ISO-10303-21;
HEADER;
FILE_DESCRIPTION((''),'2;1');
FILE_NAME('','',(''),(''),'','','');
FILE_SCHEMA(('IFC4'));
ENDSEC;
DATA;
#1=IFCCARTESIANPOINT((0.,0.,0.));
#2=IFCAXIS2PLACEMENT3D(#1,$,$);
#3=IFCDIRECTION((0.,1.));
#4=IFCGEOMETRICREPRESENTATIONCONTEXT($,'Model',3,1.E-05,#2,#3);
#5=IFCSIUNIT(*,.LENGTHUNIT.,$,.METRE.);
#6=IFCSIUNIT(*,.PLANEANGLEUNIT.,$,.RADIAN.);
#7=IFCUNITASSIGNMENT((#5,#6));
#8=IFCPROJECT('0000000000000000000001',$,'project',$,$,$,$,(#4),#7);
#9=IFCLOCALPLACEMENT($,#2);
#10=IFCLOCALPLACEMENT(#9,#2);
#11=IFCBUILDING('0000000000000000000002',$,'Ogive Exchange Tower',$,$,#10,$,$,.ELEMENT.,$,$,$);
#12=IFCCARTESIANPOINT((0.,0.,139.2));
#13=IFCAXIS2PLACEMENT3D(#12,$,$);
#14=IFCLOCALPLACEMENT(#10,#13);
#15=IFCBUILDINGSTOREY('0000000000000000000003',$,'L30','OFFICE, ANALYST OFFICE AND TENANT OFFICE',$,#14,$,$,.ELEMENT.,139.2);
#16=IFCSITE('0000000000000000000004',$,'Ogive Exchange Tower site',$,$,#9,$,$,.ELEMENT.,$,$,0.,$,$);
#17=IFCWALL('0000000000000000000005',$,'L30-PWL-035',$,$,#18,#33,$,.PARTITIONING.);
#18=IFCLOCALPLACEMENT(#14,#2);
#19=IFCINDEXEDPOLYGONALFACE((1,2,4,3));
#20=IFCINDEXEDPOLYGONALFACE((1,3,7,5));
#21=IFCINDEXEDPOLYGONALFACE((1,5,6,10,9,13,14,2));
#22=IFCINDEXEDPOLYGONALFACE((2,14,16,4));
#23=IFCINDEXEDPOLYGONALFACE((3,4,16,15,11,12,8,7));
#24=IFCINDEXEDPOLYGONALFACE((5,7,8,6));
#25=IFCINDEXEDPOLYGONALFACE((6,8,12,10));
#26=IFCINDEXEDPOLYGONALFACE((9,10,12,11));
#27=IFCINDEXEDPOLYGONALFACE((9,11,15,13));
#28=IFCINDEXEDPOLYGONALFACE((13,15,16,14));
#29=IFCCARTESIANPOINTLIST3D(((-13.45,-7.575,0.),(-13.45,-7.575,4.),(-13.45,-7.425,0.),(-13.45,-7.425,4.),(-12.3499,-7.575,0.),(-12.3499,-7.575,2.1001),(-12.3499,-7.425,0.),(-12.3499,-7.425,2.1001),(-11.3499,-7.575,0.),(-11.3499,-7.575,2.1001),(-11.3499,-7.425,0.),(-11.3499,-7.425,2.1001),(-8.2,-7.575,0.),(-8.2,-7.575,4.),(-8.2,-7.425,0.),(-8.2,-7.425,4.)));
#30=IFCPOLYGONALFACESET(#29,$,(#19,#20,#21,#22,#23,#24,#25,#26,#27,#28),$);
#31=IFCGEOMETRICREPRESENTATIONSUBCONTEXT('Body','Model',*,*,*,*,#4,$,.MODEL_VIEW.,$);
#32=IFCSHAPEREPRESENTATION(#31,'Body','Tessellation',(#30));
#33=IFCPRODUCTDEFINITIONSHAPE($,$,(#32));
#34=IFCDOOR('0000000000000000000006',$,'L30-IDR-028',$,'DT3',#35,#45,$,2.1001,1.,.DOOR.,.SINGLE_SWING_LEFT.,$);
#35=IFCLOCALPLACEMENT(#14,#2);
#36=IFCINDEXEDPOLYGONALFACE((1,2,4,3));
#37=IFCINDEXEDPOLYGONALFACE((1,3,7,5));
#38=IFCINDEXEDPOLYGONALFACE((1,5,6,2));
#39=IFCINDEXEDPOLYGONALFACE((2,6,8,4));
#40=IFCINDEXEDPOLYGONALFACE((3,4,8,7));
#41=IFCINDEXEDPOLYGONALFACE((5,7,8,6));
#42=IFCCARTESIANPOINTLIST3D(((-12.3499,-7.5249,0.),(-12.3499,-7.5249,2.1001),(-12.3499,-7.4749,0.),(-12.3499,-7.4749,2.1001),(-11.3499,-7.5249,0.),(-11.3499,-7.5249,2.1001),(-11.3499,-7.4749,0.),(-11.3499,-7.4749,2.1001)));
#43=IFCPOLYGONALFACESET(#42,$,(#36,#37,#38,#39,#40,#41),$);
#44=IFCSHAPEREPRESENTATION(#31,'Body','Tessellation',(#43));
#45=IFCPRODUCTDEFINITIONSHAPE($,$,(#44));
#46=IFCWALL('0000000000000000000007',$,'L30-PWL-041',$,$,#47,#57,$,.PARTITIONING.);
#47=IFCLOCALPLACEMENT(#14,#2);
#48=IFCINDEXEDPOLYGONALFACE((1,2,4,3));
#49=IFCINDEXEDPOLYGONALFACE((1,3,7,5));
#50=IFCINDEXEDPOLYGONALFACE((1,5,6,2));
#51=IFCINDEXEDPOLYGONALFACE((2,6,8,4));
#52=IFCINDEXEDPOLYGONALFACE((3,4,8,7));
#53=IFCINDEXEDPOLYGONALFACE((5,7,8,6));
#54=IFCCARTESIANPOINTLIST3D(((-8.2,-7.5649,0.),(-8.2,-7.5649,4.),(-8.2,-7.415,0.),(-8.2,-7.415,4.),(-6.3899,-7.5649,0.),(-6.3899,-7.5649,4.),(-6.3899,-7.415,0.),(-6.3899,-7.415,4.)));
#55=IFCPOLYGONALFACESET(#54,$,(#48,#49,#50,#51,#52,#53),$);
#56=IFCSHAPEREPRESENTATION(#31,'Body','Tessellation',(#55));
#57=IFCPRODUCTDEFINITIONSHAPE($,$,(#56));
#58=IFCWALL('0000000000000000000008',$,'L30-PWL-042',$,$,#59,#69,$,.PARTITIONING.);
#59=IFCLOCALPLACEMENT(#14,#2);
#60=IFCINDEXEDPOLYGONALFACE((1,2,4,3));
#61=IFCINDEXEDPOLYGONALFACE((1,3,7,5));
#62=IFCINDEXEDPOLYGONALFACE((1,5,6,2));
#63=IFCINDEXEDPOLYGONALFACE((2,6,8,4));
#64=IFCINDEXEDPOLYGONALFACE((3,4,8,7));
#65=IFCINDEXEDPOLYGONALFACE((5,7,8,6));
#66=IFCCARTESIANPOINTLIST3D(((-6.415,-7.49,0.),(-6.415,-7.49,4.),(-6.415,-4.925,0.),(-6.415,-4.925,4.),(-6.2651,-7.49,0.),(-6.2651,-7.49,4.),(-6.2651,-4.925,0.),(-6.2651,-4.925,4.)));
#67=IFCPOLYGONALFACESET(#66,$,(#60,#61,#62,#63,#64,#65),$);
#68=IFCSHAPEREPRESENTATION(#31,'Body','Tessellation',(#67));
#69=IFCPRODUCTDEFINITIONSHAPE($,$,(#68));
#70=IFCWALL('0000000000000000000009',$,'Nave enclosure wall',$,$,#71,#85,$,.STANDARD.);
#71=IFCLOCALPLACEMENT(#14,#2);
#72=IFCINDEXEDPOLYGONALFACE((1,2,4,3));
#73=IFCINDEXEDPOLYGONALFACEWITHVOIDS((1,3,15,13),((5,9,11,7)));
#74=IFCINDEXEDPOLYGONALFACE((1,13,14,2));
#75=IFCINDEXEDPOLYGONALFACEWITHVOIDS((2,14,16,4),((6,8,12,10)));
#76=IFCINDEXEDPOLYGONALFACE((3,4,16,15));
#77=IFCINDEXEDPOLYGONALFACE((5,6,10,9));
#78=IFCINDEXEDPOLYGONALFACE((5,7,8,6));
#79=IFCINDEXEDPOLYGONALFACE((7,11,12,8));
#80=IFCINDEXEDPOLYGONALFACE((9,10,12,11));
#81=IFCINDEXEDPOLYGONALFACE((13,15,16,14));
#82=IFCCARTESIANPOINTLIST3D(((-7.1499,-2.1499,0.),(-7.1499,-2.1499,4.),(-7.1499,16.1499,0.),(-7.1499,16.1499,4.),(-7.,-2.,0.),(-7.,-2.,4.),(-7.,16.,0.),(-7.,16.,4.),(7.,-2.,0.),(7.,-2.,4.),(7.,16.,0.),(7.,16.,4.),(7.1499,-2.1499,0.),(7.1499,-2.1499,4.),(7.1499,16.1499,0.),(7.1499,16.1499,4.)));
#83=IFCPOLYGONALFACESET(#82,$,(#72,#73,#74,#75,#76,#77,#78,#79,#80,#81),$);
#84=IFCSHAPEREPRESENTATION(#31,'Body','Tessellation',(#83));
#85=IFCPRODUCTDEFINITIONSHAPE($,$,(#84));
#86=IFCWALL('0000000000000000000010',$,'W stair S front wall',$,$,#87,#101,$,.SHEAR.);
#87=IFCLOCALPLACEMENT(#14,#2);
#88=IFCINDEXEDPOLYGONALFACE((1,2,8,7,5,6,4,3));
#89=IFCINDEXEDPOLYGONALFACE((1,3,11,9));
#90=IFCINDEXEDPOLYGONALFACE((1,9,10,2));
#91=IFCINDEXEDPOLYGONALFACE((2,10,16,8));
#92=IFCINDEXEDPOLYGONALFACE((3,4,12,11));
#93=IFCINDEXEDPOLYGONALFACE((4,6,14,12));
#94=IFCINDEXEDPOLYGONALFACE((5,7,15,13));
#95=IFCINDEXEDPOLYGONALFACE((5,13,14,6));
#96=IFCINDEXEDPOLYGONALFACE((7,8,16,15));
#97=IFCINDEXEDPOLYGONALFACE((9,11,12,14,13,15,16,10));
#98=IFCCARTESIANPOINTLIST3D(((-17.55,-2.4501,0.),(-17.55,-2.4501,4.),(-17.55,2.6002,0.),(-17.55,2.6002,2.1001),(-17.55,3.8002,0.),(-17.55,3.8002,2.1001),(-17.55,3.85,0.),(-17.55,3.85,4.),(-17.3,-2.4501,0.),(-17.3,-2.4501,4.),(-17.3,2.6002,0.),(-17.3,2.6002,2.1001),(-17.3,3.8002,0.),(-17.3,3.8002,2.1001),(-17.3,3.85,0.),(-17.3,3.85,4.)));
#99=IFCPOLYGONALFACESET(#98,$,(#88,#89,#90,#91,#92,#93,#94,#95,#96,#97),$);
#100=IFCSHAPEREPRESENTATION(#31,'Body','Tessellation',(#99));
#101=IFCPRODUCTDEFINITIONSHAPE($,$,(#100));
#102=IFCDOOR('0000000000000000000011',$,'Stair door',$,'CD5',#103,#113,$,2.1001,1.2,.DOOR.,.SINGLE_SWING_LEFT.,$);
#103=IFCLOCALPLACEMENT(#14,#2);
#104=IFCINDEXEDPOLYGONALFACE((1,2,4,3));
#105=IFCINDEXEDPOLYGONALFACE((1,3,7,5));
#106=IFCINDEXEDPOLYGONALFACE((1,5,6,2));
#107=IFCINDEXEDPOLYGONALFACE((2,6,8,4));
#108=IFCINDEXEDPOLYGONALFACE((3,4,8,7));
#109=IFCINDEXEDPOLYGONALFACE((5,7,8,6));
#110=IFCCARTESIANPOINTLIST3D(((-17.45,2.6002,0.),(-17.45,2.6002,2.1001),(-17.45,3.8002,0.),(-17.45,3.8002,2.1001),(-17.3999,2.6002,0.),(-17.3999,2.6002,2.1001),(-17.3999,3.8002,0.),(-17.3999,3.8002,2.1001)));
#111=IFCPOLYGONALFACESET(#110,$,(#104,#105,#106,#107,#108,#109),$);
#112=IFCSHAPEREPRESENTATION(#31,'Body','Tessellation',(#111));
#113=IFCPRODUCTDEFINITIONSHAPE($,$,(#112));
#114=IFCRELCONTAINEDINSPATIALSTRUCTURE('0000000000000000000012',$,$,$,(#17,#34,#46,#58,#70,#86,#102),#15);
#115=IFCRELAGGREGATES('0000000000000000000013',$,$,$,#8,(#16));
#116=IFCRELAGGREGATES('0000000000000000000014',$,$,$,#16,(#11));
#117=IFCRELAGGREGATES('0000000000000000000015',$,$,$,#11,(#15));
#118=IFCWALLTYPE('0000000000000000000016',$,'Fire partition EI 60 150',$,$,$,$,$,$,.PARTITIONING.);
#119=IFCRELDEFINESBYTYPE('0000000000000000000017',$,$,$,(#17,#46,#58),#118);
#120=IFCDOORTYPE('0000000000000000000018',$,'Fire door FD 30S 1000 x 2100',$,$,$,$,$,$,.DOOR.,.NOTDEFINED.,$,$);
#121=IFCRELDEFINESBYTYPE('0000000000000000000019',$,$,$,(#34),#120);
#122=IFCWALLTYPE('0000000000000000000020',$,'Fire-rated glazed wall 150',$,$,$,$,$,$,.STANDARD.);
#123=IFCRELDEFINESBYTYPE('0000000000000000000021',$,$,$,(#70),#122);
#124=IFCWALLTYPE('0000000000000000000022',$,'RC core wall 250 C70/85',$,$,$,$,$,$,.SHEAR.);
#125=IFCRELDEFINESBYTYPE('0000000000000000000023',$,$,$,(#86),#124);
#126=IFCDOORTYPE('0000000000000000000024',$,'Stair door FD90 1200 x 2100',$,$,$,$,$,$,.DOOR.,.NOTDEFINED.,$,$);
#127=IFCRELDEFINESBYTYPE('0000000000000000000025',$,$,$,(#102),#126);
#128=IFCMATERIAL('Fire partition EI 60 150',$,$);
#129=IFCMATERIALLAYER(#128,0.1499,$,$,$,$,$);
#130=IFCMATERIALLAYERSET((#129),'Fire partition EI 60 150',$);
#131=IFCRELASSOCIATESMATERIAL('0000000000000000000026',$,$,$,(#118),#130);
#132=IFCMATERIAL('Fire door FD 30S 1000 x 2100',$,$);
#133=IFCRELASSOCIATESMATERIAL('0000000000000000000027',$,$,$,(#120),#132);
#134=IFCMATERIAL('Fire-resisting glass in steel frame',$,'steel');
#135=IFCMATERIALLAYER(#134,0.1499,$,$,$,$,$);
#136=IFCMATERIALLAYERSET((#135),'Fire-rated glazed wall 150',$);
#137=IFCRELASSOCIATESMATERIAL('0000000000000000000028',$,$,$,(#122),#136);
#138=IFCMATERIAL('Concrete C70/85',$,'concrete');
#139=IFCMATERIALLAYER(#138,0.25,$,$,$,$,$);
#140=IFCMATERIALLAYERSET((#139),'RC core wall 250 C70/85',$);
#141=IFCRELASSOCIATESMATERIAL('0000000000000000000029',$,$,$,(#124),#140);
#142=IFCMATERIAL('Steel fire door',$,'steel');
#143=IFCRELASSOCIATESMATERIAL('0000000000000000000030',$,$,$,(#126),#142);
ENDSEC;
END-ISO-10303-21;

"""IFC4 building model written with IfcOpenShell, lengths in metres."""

from ifc_helpers import new_model, si_unit, direction, frame, frame_2d, origin, place, context, subcontext, project, spatial, polyline, rectangle, outline, extrude, material, layer, layer_set, type_object, element, fill, save


model = new_model("IFC4")

# Units and contexts
model_context = context("Model", 3, precision=1e-05, world=origin(), true_north=direction((0.0, 1.0)))
body_context = subcontext(model_context, "Body", "Model", "MODEL_VIEW")
ifc_project = project(units=[si_unit("LENGTHUNIT", "METRE"), si_unit("PLANEANGLEUNIT", "RADIAN")], contexts=[model_context])

# Site, building, storey
site_placement = place(None, origin())
site = spatial("IfcSite", under=ifc_project, at=site_placement, Name="Ogive Exchange Tower site", CompositionType="ELEMENT", RefElevation=0.0)
building_placement = place(site_placement, origin())
building = spatial("IfcBuilding", under=site, at=building_placement, Name="Ogive Exchange Tower", CompositionType="ELEMENT")
storey_placement = place(building_placement, frame((0.0, 0.0, 139.2)))
storey = spatial("IfcBuildingStorey", under=building, at=storey_placement, Name="L30", Description="OFFICE, ANALYST OFFICE AND TENANT OFFICE", CompositionType="ELEMENT", Elevation=139.2)

# Wall, opening, door
ifc_material_1 = material(Name="Fire partition EI 60 150")
ifc_layer_1 = layer(ifc_material_1, 0.1499)
ifc_layer_set_1 = layer_set([ifc_layer_1], Name="Fire partition EI 60 150")
wall_type_1 = type_object("IfcWallType", Name="Fire partition EI 60 150", PredefinedType="PARTITIONING", material=ifc_layer_set_1)
wall_1_placement = place(storey_placement, frame((-8.2, -7.5, 0.0), z_axis=(0.0, 0.0, 1.0), x_axis=(-1.0, 0.0, 0.0)))
wall_1 = element("IfcWall", 1, at=wall_1_placement, inside=storey, type_object=wall_type_1, Name="L30-PWL-035", PredefinedType="PARTITIONING", context=body_context, shape_type="SweptSolid", body=[
    extrude(rectangle(XDim=5.25, YDim=0.1499, at=frame_2d((2.625, 0.0))), origin(), (0.0, 0.0, 1.0), 4.0),
])
opening_1_placement = place(wall_1_placement, frame((3.1499, 0.0, 0.0)))
opening_1 = element("IfcOpeningElement", 2, at=opening_1_placement, cuts=wall_1, PredefinedType="OPENING", context=body_context, shape_type="SweptSolid", body=[
    extrude(rectangle(XDim=1.0, YDim=2.1001, at=frame_2d((0.5, 1.05))), frame((0.0, 0.085, 0.0), z_axis=(0.0, -1.0, 0.0), x_axis=(1.0, 0.0, 0.0)), (0.0, 0.0, 1.0), 0.1699),
])
ifc_material_2 = material(Name="Fire door FD 30S 1000 x 2100")
door_type_1 = type_object("IfcDoorType", Name="Fire door FD 30S 1000 x 2100", OperationType="NOTDEFINED", PredefinedType="DOOR", material=ifc_material_2)
door_1_placement = place(opening_1_placement, origin())
door_1 = element("IfcDoor", 3, at=door_1_placement, inside=storey, type_object=door_type_1, Name="L30-IDR-028", ObjectType="DT3", OperationType="SINGLE_SWING_LEFT", OverallHeight=2.1001, OverallWidth=1.0, PredefinedType="DOOR", context=body_context, shape_type="SweptSolid", body=[
    extrude(rectangle(XDim=1.0, YDim=2.1001, at=frame_2d((0.5, 1.05))), frame((0.0, 0.0249, 0.0), z_axis=(0.0, -1.0, 0.0), x_axis=(1.0, 0.0, 0.0)), (0.0, 0.0, 1.0), 0.05),
])
fill(opening_1, door_1)

# Walls
wall_2_placement = place(storey_placement, frame((-6.3899, -7.49, 0.0), z_axis=(0.0, 0.0, 1.0), x_axis=(-1.0, 0.0, 0.0)))
element("IfcWall", 4, at=wall_2_placement, inside=storey, type_object=wall_type_1, Name="L30-PWL-041", PredefinedType="PARTITIONING", context=body_context, shape_type="SweptSolid", body=[
    extrude(rectangle(XDim=1.8101, YDim=0.1499, at=frame_2d((0.905, 0.0))), origin(), (0.0, 0.0, 1.0), 4.0),
])
wall_3_placement = place(storey_placement, frame((-6.3401, -4.925, 0.0), z_axis=(0.0, 0.0, 1.0), x_axis=(0.0, -1.0, 0.0)))
element("IfcWall", 5, at=wall_3_placement, inside=storey, type_object=wall_type_1, Name="L30-PWL-042", PredefinedType="PARTITIONING", context=body_context, shape_type="SweptSolid", body=[
    extrude(rectangle(XDim=2.5649, YDim=0.1499, at=frame_2d((1.2825, 0.0))), origin(), (0.0, 0.0, 1.0), 4.0),
])
ifc_material_3 = material(Name="Fire-resisting glass in steel frame", Category="steel")
ifc_layer_2 = layer(ifc_material_3, 0.1499)
ifc_layer_set_2 = layer_set([ifc_layer_2], Name="Fire-rated glazed wall 150")
wall_type_2 = type_object("IfcWallType", Name="Fire-rated glazed wall 150", PredefinedType="STANDARD", material=ifc_layer_set_2)
wall_4_placement = place(storey_placement, origin())
element("IfcWall", 6, at=wall_4_placement, inside=storey, type_object=wall_type_2, Name="Nave enclosure wall", PredefinedType="STANDARD", context=body_context, shape_type="SweptSolid", body=[
    extrude(outline(polyline([(-7.1499, -2.1499), (7.1499, -2.1499), (7.1499, 16.1499), (-7.1499, 16.1499), (-7.1499, -2.1499)]), holes=[polyline([(-7.0, -2.0), (-7.0, 16.0), (7.0, 16.0), (7.0, -2.0), (-7.0, -2.0)])]), origin(), (0.0, 0.0, 1.0), 4.0),
])

# Wall, opening, door
ifc_material_4 = material(Name="Concrete C70/85", Category="concrete")
ifc_layer_3 = layer(ifc_material_4, 0.25)
ifc_layer_set_3 = layer_set([ifc_layer_3], Name="RC core wall 250 C70/85")
wall_type_3 = type_object("IfcWallType", Name="RC core wall 250 C70/85", PredefinedType="SHEAR", material=ifc_layer_set_3)
wall_5_placement = place(storey_placement, frame((-17.425, -2.45, 0.0), z_axis=(0.0, 0.0, 1.0), x_axis=(0.0, 1.0, 0.0)))
wall_5 = element("IfcWall", 7, at=wall_5_placement, inside=storey, type_object=wall_type_3, Name="W stair S front wall", PredefinedType="SHEAR", context=body_context, shape_type="SweptSolid", body=[
    extrude(rectangle(XDim=6.3, YDim=0.25, at=frame_2d((3.1499, 0.0))), origin(), (0.0, 0.0, 1.0), 4.0),
])
opening_2_placement = place(wall_5_placement, frame((5.05, 0.0, 0.0)))
opening_2 = element("IfcOpeningElement", 8, at=opening_2_placement, cuts=wall_5, PredefinedType="OPENING", context=body_context, shape_type="SweptSolid", body=[
    extrude(rectangle(XDim=1.2, YDim=2.1001, at=frame_2d((0.6001, 1.05))), frame((0.0, 0.135, 0.0), z_axis=(0.0, -1.0, 0.0), x_axis=(1.0, 0.0, 0.0)), (0.0, 0.0, 1.0), 0.27),
])
ifc_material_5 = material(Name="Steel fire door", Category="steel")
door_type_2 = type_object("IfcDoorType", Name="Stair door FD90 1200 x 2100", OperationType="NOTDEFINED", PredefinedType="DOOR", material=ifc_material_5)
door_2_placement = place(opening_2_placement, origin())
door_2 = element("IfcDoor", 9, at=door_2_placement, inside=storey, type_object=door_type_2, Name="Stair door", ObjectType="CD5", OperationType="SINGLE_SWING_LEFT", OverallHeight=2.1001, OverallWidth=1.2, PredefinedType="DOOR", context=body_context, shape_type="SweptSolid", body=[
    extrude(rectangle(XDim=1.2, YDim=2.1001, at=frame_2d((0.6001, 1.05))), frame((0.0, 0.0249, 0.0), z_axis=(0.0, -1.0, 0.0), x_axis=(1.0, 0.0, 0.0)), (0.0, 0.0, 1.0), 0.05),
])
fill(opening_2, door_2)

save(model, "model.ifc")
